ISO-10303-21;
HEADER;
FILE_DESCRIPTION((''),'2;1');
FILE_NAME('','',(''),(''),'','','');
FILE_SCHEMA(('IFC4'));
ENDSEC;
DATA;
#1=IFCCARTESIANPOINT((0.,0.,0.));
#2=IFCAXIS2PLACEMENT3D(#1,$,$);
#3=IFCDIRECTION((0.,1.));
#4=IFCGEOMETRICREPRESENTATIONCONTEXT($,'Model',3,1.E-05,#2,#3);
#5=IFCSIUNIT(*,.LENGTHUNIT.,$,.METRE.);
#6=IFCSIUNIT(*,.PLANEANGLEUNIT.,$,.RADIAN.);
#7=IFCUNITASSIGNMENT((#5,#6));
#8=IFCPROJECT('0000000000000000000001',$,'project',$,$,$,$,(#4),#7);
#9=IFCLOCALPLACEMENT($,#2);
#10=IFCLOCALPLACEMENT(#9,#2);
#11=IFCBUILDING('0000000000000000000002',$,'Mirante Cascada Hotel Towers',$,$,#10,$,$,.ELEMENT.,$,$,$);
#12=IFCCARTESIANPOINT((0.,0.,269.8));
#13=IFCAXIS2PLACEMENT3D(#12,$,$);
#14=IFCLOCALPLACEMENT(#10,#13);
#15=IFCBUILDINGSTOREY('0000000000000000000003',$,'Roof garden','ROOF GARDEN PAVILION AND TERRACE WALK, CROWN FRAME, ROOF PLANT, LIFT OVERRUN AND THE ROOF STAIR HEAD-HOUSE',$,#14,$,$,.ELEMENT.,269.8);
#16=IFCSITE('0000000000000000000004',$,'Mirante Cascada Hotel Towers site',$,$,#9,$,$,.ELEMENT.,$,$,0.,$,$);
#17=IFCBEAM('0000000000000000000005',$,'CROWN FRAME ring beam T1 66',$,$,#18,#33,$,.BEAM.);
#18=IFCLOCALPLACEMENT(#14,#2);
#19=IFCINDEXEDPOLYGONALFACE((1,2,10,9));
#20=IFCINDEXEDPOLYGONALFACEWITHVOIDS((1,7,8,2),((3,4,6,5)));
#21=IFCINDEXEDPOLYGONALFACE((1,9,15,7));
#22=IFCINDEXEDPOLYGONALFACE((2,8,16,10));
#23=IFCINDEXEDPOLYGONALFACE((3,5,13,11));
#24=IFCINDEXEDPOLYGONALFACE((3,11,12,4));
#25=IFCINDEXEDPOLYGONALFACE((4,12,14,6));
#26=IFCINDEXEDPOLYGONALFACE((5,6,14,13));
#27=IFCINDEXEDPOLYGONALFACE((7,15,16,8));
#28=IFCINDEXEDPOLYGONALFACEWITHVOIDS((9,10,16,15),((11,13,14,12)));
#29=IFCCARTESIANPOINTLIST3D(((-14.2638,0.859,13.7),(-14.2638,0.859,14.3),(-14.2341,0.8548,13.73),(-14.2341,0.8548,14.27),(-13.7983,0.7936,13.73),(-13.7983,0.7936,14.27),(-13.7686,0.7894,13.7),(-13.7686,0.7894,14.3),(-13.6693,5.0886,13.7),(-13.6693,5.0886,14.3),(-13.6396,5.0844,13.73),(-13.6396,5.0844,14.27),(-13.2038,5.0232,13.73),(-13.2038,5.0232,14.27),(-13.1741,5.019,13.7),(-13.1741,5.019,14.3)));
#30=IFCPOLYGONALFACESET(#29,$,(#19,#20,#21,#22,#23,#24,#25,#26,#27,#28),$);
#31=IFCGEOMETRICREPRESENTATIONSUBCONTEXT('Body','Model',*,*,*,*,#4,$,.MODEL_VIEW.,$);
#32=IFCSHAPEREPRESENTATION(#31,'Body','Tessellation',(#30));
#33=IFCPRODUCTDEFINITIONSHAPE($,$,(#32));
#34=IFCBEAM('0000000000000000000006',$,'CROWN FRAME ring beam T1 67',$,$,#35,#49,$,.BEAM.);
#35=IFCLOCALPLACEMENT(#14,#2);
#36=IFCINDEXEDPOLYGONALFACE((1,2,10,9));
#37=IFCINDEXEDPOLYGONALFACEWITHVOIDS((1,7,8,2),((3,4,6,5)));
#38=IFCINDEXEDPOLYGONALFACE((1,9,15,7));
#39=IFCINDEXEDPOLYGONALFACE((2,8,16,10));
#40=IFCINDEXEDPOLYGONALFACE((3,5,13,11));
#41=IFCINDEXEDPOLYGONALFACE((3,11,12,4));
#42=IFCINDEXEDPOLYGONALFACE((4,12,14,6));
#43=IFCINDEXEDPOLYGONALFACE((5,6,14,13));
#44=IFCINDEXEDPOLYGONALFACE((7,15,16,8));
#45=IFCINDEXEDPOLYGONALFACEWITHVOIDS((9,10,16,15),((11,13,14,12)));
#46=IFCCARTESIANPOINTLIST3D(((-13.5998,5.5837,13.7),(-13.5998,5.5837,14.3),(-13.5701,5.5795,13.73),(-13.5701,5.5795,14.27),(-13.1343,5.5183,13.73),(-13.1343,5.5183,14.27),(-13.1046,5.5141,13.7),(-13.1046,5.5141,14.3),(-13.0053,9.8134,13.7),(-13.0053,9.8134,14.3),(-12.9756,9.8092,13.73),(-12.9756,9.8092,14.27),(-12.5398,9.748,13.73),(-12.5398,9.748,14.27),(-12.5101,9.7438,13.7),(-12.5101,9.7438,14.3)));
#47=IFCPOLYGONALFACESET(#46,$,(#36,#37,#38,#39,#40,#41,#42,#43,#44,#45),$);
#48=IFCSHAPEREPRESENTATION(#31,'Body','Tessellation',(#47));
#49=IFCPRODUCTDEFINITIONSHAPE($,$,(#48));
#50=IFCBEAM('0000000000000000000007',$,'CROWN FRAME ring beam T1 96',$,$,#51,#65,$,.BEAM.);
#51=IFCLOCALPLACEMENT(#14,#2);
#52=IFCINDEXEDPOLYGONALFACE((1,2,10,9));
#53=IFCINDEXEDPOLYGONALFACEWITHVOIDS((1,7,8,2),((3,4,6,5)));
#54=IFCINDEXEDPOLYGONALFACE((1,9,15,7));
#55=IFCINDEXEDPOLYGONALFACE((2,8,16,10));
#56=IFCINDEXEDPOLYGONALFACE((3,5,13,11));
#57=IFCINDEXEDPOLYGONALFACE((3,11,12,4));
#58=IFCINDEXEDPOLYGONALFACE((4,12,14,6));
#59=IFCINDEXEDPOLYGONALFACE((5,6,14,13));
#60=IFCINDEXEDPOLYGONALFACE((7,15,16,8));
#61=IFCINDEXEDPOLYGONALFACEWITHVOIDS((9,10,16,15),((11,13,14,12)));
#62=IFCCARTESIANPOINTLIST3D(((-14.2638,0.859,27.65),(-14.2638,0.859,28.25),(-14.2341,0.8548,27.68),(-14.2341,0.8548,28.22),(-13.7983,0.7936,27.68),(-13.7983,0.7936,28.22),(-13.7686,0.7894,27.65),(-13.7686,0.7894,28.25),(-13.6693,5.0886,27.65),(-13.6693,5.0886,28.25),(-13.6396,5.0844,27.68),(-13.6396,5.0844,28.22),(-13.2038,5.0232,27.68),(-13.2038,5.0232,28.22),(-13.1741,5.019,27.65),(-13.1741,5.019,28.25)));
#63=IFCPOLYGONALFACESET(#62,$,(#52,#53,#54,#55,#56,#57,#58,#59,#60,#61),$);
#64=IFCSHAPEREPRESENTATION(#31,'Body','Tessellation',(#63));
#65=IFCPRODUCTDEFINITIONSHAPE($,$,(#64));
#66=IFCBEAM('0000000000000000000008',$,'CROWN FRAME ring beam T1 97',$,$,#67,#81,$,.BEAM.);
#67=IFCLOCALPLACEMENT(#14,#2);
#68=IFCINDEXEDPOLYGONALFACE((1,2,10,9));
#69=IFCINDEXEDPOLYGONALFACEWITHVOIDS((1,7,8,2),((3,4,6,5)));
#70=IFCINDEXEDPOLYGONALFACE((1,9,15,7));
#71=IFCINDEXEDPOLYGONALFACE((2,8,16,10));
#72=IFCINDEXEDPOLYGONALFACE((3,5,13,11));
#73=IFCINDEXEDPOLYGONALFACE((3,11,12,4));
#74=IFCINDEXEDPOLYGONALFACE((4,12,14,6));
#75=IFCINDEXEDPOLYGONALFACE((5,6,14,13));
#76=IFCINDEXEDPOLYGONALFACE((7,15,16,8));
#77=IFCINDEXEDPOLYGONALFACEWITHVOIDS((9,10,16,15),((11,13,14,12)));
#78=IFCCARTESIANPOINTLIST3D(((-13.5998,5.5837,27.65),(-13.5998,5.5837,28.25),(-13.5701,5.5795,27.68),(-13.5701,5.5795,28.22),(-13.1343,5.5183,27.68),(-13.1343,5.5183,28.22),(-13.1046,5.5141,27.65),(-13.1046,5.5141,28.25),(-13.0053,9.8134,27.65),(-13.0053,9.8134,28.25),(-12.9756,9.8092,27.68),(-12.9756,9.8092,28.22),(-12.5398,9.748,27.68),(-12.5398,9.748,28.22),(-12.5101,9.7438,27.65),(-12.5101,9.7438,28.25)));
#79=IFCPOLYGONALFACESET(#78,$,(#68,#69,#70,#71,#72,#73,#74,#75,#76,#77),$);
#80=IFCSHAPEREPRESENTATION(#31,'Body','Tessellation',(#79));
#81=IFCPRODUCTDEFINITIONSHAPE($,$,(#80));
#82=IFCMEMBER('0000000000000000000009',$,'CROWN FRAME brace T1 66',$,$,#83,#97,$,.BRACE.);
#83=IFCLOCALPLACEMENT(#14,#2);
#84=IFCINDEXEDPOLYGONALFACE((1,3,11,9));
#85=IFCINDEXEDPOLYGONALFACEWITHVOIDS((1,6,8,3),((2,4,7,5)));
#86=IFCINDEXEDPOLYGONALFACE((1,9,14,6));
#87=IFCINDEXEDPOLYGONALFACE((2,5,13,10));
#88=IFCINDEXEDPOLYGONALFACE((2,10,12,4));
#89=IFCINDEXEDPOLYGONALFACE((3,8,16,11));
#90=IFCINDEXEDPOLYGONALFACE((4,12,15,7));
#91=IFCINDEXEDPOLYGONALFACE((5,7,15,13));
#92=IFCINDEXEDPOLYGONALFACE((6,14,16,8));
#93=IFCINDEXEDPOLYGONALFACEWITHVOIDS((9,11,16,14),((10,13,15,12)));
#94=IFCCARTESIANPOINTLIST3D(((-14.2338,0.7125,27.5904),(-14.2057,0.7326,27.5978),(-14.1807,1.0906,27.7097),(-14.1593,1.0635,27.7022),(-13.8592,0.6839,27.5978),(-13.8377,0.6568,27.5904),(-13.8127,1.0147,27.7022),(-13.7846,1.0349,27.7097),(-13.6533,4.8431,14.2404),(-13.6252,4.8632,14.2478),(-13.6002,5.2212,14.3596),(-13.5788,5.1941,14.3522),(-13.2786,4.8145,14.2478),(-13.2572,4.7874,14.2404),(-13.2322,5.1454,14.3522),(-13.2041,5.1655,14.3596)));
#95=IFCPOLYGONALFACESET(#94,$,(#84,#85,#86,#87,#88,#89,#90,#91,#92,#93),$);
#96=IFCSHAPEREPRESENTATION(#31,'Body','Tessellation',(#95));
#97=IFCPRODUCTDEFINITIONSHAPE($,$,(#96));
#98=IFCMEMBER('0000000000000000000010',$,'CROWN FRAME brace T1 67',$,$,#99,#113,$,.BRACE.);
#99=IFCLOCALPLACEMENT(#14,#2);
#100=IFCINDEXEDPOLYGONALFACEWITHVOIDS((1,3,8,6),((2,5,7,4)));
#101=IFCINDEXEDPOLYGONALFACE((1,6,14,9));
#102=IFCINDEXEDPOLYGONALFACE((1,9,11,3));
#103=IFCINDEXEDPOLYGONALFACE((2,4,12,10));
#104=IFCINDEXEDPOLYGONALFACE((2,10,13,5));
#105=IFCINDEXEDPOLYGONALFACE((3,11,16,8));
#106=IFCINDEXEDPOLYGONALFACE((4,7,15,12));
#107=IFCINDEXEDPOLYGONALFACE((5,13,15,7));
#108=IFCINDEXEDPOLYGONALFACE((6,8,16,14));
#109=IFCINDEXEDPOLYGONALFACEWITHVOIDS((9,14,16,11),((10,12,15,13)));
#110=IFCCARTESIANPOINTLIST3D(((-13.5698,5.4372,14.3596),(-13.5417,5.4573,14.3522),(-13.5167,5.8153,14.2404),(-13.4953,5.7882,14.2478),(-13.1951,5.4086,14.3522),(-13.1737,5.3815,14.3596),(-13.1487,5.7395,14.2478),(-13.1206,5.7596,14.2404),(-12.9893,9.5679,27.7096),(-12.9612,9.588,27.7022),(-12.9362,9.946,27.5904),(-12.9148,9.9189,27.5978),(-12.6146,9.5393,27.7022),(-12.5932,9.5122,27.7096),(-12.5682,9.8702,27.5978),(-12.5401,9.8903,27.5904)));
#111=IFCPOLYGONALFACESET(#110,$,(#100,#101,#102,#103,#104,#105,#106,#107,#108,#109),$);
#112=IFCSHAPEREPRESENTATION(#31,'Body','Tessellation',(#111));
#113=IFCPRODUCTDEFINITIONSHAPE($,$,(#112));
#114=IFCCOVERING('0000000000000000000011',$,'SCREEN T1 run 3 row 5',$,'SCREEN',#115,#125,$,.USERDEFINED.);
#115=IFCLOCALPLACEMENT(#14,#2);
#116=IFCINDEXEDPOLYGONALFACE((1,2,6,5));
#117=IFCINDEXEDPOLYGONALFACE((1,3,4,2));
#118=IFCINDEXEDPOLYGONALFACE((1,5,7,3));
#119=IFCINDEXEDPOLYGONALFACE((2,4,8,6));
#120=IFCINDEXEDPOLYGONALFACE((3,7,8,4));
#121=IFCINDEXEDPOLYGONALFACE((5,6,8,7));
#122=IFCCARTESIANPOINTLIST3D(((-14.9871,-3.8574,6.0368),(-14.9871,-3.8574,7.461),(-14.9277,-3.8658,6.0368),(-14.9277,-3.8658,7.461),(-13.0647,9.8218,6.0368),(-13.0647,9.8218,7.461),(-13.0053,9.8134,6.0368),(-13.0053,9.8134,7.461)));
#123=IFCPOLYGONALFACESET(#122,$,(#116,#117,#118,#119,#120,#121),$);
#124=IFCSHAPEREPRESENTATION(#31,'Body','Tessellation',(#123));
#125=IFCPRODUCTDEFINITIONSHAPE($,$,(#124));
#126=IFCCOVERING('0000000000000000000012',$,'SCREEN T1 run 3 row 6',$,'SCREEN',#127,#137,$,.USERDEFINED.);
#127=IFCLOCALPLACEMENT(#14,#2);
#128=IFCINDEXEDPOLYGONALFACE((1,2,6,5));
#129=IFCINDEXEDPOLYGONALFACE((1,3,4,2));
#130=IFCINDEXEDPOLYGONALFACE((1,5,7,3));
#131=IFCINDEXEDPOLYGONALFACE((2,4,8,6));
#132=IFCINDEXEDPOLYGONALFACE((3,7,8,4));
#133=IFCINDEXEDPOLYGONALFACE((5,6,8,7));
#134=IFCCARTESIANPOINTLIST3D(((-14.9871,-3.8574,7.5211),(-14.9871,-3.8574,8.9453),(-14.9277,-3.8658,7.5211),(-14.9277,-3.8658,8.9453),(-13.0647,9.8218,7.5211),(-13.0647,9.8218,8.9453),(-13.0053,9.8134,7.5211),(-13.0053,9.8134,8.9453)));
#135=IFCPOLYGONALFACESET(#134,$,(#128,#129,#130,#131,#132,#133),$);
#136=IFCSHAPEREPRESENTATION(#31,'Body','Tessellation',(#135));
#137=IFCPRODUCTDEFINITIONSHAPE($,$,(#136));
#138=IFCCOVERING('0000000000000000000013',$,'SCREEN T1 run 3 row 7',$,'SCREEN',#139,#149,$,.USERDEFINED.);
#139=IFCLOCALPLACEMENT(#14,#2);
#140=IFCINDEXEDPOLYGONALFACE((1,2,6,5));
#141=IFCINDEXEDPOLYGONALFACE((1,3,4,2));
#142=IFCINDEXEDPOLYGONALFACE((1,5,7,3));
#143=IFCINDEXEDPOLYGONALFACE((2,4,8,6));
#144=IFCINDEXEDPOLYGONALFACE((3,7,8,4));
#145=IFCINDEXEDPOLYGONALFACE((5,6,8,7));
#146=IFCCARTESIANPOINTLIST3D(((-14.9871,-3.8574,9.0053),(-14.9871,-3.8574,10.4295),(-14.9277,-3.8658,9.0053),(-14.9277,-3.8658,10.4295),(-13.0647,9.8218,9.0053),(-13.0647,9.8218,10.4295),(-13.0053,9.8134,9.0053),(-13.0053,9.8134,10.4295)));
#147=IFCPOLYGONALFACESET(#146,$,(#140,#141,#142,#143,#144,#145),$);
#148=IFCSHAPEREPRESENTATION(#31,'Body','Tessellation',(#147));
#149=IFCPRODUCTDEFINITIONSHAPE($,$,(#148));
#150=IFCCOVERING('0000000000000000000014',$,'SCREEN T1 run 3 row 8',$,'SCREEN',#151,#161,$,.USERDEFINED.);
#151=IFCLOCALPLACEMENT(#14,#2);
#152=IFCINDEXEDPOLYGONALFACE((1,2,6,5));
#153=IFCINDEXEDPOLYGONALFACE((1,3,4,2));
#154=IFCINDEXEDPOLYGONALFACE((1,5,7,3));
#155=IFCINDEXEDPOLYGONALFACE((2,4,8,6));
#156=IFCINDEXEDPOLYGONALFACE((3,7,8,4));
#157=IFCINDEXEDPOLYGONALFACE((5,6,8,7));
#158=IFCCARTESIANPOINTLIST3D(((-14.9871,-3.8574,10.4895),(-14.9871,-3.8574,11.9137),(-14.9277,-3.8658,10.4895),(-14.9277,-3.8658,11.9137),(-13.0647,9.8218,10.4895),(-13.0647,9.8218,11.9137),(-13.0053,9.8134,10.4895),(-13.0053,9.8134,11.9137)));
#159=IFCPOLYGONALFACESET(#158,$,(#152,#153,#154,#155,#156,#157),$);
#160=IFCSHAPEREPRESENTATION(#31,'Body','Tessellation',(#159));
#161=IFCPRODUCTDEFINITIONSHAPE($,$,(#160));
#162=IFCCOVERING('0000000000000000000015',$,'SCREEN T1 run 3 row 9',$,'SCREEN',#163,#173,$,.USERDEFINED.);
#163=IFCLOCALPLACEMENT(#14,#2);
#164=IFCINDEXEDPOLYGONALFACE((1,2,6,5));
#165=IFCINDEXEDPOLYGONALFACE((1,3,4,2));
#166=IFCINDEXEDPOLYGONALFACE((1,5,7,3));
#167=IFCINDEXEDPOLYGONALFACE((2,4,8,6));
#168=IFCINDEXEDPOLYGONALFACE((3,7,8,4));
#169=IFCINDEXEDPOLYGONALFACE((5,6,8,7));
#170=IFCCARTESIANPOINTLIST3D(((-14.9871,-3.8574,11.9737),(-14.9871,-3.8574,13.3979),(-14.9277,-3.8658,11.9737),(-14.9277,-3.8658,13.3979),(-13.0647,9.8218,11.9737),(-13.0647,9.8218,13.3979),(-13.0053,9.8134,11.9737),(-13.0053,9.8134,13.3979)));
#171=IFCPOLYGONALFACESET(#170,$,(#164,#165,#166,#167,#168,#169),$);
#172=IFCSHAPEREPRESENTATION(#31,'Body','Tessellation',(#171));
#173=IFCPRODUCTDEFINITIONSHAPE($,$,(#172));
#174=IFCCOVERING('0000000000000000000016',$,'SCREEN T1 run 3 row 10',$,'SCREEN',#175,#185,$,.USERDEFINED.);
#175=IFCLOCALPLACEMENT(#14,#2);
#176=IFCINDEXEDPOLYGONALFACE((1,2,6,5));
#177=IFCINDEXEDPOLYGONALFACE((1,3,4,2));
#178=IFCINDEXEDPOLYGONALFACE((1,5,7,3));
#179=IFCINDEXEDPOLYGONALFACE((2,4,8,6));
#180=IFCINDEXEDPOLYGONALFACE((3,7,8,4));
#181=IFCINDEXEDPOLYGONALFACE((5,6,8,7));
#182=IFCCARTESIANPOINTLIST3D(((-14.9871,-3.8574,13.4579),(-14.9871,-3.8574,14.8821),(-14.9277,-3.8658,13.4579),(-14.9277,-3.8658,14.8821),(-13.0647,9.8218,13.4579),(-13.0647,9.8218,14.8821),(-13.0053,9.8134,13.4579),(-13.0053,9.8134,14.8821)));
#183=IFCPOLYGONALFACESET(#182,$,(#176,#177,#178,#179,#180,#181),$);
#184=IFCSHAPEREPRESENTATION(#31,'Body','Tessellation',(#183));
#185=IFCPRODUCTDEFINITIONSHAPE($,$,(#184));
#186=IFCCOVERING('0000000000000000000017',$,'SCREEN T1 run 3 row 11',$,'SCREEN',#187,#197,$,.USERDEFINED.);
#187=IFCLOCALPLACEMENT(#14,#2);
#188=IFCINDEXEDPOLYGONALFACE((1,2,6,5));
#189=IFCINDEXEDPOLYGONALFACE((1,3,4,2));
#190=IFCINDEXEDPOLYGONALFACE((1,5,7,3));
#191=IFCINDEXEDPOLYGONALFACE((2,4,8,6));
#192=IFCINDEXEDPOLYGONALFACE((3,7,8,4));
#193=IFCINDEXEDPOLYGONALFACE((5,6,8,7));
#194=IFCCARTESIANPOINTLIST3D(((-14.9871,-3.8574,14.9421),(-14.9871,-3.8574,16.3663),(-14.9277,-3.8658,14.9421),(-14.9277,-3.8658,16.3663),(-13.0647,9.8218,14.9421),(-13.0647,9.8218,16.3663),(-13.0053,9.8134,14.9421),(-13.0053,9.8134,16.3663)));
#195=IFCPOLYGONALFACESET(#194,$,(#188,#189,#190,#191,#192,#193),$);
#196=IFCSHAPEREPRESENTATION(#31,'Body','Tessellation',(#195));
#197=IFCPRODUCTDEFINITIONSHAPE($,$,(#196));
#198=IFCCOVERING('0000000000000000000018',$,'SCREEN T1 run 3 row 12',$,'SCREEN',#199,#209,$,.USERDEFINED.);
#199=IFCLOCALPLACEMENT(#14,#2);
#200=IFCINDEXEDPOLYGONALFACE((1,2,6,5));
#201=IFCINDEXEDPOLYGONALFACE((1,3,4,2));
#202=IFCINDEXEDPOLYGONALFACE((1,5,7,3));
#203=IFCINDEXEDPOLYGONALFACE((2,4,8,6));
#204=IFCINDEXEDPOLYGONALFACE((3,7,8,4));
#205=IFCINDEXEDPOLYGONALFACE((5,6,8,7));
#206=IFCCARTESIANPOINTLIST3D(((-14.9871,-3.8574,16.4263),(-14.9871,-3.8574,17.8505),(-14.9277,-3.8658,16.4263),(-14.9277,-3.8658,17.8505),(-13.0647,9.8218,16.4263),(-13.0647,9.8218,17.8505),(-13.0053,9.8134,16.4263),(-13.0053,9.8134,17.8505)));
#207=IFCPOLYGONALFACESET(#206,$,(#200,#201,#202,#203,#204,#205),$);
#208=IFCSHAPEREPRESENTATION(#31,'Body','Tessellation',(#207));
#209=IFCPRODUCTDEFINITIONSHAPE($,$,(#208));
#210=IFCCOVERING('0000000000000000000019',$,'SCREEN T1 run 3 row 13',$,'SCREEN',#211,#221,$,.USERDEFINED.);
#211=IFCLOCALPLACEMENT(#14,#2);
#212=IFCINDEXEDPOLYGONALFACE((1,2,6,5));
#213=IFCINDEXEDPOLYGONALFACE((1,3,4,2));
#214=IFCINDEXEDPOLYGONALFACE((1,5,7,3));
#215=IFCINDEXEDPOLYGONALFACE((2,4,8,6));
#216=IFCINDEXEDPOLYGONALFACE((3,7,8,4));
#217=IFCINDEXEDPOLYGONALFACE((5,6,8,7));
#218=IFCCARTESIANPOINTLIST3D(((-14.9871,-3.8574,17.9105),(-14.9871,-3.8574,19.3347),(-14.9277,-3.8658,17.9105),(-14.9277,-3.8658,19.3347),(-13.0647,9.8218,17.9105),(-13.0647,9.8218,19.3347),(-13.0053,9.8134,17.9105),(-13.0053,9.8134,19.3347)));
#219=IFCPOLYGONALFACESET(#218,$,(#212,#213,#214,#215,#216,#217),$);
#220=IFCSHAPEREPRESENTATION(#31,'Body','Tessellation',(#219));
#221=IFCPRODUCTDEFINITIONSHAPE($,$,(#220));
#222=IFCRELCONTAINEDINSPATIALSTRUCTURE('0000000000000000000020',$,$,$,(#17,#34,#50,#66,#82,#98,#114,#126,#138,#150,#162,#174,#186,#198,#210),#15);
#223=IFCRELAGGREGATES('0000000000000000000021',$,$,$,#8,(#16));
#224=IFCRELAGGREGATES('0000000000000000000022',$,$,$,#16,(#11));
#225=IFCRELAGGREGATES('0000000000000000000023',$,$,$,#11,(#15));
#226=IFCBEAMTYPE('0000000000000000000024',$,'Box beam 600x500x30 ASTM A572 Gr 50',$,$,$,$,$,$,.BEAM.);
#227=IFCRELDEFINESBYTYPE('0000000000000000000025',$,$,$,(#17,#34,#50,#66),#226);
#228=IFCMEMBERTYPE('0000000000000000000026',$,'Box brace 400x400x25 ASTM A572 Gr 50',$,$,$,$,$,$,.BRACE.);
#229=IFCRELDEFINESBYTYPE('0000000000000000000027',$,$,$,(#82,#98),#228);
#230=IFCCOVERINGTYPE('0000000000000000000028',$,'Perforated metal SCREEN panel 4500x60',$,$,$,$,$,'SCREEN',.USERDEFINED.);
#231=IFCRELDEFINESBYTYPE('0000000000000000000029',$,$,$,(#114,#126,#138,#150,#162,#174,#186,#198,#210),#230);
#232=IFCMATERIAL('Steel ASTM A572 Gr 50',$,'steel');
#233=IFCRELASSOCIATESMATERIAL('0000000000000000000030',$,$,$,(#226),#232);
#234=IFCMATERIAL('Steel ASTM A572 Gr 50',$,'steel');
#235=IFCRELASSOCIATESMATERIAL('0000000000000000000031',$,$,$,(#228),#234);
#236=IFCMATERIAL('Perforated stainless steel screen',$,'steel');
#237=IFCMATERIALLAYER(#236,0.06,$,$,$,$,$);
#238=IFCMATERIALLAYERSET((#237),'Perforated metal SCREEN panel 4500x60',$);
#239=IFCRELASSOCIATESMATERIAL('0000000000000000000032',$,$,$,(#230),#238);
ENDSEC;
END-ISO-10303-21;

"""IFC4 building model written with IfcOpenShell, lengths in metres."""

from ifc_helpers import new_model, si_unit, direction, frame, origin, origin_2d, place, context, subcontext, project, spatial, rectangle, hollow_rectangle, extrude, material, layer, layer_set, material_profile, profile_set, type_object, element, save


model = new_model("IFC4")

# Units and contexts
model_context = context("Model", 3, precision=1e-05, world=origin(), true_north=direction((0.0, 1.0)))
body_context = subcontext(model_context, "Body", "Model", "MODEL_VIEW")
ifc_project = project(units=[si_unit("LENGTHUNIT", "METRE"), si_unit("PLANEANGLEUNIT", "RADIAN")], contexts=[model_context])

# Site, building, storey
site_placement = place(None, origin())
site = spatial("IfcSite", under=ifc_project, at=site_placement, Name="Mirante Cascada Hotel Towers site", CompositionType="ELEMENT", RefElevation=0.0)
building_placement = place(site_placement, origin())
building = spatial("IfcBuilding", under=site, at=building_placement, Name="Mirante Cascada Hotel Towers", CompositionType="ELEMENT")
storey_placement = place(building_placement, frame((0.0, 0.0, 269.8)))
storey = spatial("IfcBuildingStorey", under=building, at=storey_placement, Name="Roof garden", Description="ROOF GARDEN PAVILION AND TERRACE WALK, CROWN FRAME, ROOF PLANT, LIFT OVERRUN AND THE ROOF STAIR HEAD-HOUSE", CompositionType="ELEMENT", Elevation=269.8)

# Beams
ifc_material_1 = material(Name="Steel ASTM A572 Gr 50", Category="steel")
ifc_material_profile_1 = material_profile(ifc_material_1, hollow_rectangle(XDim=0.5, YDim=0.6, WallThickness=0.03, at=origin_2d()), Name="Box beam 600x500x30 ASTM A572 Gr 50")
ifc_profile_set_1 = profile_set([ifc_material_profile_1], Name="Steel ASTM A572 Gr 50")
beam_type = type_object("IfcBeamType", Name="Box beam 600x500x30 ASTM A572 Gr 50", PredefinedType="BEAM", material=ifc_profile_set_1)
beam_1_placement = place(storey_placement, frame((-14.0162, 0.8242, 14.0), z_axis=(0.139189, 0.990266, 0.0), x_axis=(-0.990266, 0.139189, 0.0)))
element("IfcBeam", 1, at=beam_1_placement, inside=storey, type_object=beam_type, Name="CROWN FRAME ring beam T1 66", PredefinedType="BEAM", context=body_context, shape_type="SweptSolid", body=[
    extrude(hollow_rectangle(XDim=0.5, YDim=0.6, WallThickness=0.03, at=origin_2d()), origin(), (0.0, 0.0, 1.0), 4.2712),
])
beam_2_placement = place(storey_placement, frame((-13.3522, 5.5489, 14.0), z_axis=(0.139186, 0.990266, 0.0), x_axis=(-0.990266, 0.139186, 0.0)))
element("IfcBeam", 2, at=beam_2_placement, inside=storey, type_object=beam_type, Name="CROWN FRAME ring beam T1 67", PredefinedType="BEAM", context=body_context, shape_type="SweptSolid", body=[
    extrude(hollow_rectangle(XDim=0.5, YDim=0.6, WallThickness=0.03, at=origin_2d()), origin(), (0.0, 0.0, 1.0), 4.2713),
])
beam_3_placement = place(storey_placement, frame((-14.0162, 0.8242, 27.95), z_axis=(0.139189, 0.990266, 0.0), x_axis=(-0.990266, 0.139189, 0.0)))
element("IfcBeam", 3, at=beam_3_placement, inside=storey, type_object=beam_type, Name="CROWN FRAME ring beam T1 96", PredefinedType="BEAM", context=body_context, shape_type="SweptSolid", body=[
    extrude(hollow_rectangle(XDim=0.5, YDim=0.6, WallThickness=0.03, at=origin_2d()), origin(), (0.0, 0.0, 1.0), 4.2712),
])
beam_4_placement = place(storey_placement, frame((-13.3522, 5.5489, 27.95), z_axis=(0.139186, 0.990266, 0.0), x_axis=(-0.990266, 0.139186, 0.0)))
element("IfcBeam", 4, at=beam_4_placement, inside=storey, type_object=beam_type, Name="CROWN FRAME ring beam T1 97", PredefinedType="BEAM", context=body_context, shape_type="SweptSolid", body=[
    extrude(hollow_rectangle(XDim=0.5, YDim=0.6, WallThickness=0.03, at=origin_2d()), origin(), (0.0, 0.0, 1.0), 4.2713),
])

# Members
ifc_material_2 = material(Name="Steel ASTM A572 Gr 50", Category="steel")
ifc_material_profile_2 = material_profile(ifc_material_2, hollow_rectangle(XDim=0.4, YDim=0.4, WallThickness=0.025, at=origin_2d()), Name="Box brace 400x400x25 ASTM A572 Gr 50")
ifc_profile_set_2 = profile_set([ifc_material_profile_2], Name="Steel ASTM A572 Gr 50")
member_type = type_object("IfcMemberType", Name="Box brace 400x400x25 ASTM A572 Gr 50", PredefinedType="BRACE", material=ifc_profile_set_2)
for number, where, z_axis, x_axis, name in (
    (5, (-13.4287, 5.0043, 14.3), (-0.041504, -0.295328, 0.954494), (0.990269, -0.139169, 0.0), "CROWN FRAME brace T1 66"),
    (6, (-13.3452, 5.5984, 14.3), (0.041504, 0.295335, 0.954492), (-0.990269, 0.139166, 0.0), "CROWN FRAME brace T1 67"),
):
    element("IfcMember", number, at=place(storey_placement, frame(where, z_axis=z_axis, x_axis=x_axis)), inside=storey, type_object=member_type, Name=name, PredefinedType="BRACE", context=body_context, shape_type="SweptSolid", body=[
        extrude(hollow_rectangle(XDim=0.4, YDim=0.4, WallThickness=0.025, at=origin_2d()), origin(), (0.0, 0.0, 1.0), 13.9865),
    ])

# Coverings
ifc_material_3 = material(Name="Perforated stainless steel screen", Category="steel")
ifc_layer = layer(ifc_material_3, 0.06)
ifc_layer_set = layer_set([ifc_layer], Name="Perforated metal SCREEN panel 4500x60")
covering_type = type_object("IfcCoveringType", Name="Perforated metal SCREEN panel 4500x60", ElementType="SCREEN", PredefinedType="USERDEFINED", material=ifc_layer_set)
for number, where, z_axis, x_axis, name in (
    (7, (-13.9962, 2.978, 6.0368), (0.0, 0.0, 1.0), (0.139173, 0.990268, 0.0), "SCREEN T1 run 3 row 5"),
    (8, (-13.9962, 2.978, 7.5211), (0.0, 0.0, 1.0), (0.139173, 0.990268, 0.0), "SCREEN T1 run 3 row 6"),
    (9, (-13.9962, 2.978, 9.0053), (0.0, 0.0, 1.0), (0.139173, 0.990268, 0.0), "SCREEN T1 run 3 row 7"),
    (10, (-13.9962, 2.978, 10.4895), (0.0, 0.0, 1.0), (0.139173, 0.990268, 0.0), "SCREEN T1 run 3 row 8"),
    (11, (-13.9962, 2.978, 11.9737), (0.0, 0.0, 1.0), (0.139173, 0.990268, 0.0), "SCREEN T1 run 3 row 9"),
    (12, (-13.9962, 2.978, 13.4579), (0.0, 0.0, 1.0), (0.139173, 0.990268, 0.0), "SCREEN T1 run 3 row 10"),
    (13, (-13.9962, 2.978, 14.9421), (0.0, 0.0, 1.0), (0.139173, 0.990268, 0.0), "SCREEN T1 run 3 row 11"),
    (14, (-13.9962, 2.978, 16.4263), (0.0, 0.0, 1.0), (0.139173, 0.990268, 0.0), "SCREEN T1 run 3 row 12"),
    (15, (-13.9962, 2.978, 17.9105), (0.0, 0.0, 1.0), (0.139173, 0.990268, 0.0), "SCREEN T1 run 3 row 13"),
):
    element("IfcCovering", number, at=place(storey_placement, frame(where, z_axis=z_axis, x_axis=x_axis)), inside=storey, type_object=covering_type, Name=name, ObjectType="SCREEN", PredefinedType="USERDEFINED", context=body_context, shape_type="SweptSolid", body=[
        extrude(rectangle(XDim=13.8136, YDim=0.06, at=origin_2d()), origin(), (0.0, 0.0, 1.0), 1.4242),
    ])

save(model, "model.ifc")
